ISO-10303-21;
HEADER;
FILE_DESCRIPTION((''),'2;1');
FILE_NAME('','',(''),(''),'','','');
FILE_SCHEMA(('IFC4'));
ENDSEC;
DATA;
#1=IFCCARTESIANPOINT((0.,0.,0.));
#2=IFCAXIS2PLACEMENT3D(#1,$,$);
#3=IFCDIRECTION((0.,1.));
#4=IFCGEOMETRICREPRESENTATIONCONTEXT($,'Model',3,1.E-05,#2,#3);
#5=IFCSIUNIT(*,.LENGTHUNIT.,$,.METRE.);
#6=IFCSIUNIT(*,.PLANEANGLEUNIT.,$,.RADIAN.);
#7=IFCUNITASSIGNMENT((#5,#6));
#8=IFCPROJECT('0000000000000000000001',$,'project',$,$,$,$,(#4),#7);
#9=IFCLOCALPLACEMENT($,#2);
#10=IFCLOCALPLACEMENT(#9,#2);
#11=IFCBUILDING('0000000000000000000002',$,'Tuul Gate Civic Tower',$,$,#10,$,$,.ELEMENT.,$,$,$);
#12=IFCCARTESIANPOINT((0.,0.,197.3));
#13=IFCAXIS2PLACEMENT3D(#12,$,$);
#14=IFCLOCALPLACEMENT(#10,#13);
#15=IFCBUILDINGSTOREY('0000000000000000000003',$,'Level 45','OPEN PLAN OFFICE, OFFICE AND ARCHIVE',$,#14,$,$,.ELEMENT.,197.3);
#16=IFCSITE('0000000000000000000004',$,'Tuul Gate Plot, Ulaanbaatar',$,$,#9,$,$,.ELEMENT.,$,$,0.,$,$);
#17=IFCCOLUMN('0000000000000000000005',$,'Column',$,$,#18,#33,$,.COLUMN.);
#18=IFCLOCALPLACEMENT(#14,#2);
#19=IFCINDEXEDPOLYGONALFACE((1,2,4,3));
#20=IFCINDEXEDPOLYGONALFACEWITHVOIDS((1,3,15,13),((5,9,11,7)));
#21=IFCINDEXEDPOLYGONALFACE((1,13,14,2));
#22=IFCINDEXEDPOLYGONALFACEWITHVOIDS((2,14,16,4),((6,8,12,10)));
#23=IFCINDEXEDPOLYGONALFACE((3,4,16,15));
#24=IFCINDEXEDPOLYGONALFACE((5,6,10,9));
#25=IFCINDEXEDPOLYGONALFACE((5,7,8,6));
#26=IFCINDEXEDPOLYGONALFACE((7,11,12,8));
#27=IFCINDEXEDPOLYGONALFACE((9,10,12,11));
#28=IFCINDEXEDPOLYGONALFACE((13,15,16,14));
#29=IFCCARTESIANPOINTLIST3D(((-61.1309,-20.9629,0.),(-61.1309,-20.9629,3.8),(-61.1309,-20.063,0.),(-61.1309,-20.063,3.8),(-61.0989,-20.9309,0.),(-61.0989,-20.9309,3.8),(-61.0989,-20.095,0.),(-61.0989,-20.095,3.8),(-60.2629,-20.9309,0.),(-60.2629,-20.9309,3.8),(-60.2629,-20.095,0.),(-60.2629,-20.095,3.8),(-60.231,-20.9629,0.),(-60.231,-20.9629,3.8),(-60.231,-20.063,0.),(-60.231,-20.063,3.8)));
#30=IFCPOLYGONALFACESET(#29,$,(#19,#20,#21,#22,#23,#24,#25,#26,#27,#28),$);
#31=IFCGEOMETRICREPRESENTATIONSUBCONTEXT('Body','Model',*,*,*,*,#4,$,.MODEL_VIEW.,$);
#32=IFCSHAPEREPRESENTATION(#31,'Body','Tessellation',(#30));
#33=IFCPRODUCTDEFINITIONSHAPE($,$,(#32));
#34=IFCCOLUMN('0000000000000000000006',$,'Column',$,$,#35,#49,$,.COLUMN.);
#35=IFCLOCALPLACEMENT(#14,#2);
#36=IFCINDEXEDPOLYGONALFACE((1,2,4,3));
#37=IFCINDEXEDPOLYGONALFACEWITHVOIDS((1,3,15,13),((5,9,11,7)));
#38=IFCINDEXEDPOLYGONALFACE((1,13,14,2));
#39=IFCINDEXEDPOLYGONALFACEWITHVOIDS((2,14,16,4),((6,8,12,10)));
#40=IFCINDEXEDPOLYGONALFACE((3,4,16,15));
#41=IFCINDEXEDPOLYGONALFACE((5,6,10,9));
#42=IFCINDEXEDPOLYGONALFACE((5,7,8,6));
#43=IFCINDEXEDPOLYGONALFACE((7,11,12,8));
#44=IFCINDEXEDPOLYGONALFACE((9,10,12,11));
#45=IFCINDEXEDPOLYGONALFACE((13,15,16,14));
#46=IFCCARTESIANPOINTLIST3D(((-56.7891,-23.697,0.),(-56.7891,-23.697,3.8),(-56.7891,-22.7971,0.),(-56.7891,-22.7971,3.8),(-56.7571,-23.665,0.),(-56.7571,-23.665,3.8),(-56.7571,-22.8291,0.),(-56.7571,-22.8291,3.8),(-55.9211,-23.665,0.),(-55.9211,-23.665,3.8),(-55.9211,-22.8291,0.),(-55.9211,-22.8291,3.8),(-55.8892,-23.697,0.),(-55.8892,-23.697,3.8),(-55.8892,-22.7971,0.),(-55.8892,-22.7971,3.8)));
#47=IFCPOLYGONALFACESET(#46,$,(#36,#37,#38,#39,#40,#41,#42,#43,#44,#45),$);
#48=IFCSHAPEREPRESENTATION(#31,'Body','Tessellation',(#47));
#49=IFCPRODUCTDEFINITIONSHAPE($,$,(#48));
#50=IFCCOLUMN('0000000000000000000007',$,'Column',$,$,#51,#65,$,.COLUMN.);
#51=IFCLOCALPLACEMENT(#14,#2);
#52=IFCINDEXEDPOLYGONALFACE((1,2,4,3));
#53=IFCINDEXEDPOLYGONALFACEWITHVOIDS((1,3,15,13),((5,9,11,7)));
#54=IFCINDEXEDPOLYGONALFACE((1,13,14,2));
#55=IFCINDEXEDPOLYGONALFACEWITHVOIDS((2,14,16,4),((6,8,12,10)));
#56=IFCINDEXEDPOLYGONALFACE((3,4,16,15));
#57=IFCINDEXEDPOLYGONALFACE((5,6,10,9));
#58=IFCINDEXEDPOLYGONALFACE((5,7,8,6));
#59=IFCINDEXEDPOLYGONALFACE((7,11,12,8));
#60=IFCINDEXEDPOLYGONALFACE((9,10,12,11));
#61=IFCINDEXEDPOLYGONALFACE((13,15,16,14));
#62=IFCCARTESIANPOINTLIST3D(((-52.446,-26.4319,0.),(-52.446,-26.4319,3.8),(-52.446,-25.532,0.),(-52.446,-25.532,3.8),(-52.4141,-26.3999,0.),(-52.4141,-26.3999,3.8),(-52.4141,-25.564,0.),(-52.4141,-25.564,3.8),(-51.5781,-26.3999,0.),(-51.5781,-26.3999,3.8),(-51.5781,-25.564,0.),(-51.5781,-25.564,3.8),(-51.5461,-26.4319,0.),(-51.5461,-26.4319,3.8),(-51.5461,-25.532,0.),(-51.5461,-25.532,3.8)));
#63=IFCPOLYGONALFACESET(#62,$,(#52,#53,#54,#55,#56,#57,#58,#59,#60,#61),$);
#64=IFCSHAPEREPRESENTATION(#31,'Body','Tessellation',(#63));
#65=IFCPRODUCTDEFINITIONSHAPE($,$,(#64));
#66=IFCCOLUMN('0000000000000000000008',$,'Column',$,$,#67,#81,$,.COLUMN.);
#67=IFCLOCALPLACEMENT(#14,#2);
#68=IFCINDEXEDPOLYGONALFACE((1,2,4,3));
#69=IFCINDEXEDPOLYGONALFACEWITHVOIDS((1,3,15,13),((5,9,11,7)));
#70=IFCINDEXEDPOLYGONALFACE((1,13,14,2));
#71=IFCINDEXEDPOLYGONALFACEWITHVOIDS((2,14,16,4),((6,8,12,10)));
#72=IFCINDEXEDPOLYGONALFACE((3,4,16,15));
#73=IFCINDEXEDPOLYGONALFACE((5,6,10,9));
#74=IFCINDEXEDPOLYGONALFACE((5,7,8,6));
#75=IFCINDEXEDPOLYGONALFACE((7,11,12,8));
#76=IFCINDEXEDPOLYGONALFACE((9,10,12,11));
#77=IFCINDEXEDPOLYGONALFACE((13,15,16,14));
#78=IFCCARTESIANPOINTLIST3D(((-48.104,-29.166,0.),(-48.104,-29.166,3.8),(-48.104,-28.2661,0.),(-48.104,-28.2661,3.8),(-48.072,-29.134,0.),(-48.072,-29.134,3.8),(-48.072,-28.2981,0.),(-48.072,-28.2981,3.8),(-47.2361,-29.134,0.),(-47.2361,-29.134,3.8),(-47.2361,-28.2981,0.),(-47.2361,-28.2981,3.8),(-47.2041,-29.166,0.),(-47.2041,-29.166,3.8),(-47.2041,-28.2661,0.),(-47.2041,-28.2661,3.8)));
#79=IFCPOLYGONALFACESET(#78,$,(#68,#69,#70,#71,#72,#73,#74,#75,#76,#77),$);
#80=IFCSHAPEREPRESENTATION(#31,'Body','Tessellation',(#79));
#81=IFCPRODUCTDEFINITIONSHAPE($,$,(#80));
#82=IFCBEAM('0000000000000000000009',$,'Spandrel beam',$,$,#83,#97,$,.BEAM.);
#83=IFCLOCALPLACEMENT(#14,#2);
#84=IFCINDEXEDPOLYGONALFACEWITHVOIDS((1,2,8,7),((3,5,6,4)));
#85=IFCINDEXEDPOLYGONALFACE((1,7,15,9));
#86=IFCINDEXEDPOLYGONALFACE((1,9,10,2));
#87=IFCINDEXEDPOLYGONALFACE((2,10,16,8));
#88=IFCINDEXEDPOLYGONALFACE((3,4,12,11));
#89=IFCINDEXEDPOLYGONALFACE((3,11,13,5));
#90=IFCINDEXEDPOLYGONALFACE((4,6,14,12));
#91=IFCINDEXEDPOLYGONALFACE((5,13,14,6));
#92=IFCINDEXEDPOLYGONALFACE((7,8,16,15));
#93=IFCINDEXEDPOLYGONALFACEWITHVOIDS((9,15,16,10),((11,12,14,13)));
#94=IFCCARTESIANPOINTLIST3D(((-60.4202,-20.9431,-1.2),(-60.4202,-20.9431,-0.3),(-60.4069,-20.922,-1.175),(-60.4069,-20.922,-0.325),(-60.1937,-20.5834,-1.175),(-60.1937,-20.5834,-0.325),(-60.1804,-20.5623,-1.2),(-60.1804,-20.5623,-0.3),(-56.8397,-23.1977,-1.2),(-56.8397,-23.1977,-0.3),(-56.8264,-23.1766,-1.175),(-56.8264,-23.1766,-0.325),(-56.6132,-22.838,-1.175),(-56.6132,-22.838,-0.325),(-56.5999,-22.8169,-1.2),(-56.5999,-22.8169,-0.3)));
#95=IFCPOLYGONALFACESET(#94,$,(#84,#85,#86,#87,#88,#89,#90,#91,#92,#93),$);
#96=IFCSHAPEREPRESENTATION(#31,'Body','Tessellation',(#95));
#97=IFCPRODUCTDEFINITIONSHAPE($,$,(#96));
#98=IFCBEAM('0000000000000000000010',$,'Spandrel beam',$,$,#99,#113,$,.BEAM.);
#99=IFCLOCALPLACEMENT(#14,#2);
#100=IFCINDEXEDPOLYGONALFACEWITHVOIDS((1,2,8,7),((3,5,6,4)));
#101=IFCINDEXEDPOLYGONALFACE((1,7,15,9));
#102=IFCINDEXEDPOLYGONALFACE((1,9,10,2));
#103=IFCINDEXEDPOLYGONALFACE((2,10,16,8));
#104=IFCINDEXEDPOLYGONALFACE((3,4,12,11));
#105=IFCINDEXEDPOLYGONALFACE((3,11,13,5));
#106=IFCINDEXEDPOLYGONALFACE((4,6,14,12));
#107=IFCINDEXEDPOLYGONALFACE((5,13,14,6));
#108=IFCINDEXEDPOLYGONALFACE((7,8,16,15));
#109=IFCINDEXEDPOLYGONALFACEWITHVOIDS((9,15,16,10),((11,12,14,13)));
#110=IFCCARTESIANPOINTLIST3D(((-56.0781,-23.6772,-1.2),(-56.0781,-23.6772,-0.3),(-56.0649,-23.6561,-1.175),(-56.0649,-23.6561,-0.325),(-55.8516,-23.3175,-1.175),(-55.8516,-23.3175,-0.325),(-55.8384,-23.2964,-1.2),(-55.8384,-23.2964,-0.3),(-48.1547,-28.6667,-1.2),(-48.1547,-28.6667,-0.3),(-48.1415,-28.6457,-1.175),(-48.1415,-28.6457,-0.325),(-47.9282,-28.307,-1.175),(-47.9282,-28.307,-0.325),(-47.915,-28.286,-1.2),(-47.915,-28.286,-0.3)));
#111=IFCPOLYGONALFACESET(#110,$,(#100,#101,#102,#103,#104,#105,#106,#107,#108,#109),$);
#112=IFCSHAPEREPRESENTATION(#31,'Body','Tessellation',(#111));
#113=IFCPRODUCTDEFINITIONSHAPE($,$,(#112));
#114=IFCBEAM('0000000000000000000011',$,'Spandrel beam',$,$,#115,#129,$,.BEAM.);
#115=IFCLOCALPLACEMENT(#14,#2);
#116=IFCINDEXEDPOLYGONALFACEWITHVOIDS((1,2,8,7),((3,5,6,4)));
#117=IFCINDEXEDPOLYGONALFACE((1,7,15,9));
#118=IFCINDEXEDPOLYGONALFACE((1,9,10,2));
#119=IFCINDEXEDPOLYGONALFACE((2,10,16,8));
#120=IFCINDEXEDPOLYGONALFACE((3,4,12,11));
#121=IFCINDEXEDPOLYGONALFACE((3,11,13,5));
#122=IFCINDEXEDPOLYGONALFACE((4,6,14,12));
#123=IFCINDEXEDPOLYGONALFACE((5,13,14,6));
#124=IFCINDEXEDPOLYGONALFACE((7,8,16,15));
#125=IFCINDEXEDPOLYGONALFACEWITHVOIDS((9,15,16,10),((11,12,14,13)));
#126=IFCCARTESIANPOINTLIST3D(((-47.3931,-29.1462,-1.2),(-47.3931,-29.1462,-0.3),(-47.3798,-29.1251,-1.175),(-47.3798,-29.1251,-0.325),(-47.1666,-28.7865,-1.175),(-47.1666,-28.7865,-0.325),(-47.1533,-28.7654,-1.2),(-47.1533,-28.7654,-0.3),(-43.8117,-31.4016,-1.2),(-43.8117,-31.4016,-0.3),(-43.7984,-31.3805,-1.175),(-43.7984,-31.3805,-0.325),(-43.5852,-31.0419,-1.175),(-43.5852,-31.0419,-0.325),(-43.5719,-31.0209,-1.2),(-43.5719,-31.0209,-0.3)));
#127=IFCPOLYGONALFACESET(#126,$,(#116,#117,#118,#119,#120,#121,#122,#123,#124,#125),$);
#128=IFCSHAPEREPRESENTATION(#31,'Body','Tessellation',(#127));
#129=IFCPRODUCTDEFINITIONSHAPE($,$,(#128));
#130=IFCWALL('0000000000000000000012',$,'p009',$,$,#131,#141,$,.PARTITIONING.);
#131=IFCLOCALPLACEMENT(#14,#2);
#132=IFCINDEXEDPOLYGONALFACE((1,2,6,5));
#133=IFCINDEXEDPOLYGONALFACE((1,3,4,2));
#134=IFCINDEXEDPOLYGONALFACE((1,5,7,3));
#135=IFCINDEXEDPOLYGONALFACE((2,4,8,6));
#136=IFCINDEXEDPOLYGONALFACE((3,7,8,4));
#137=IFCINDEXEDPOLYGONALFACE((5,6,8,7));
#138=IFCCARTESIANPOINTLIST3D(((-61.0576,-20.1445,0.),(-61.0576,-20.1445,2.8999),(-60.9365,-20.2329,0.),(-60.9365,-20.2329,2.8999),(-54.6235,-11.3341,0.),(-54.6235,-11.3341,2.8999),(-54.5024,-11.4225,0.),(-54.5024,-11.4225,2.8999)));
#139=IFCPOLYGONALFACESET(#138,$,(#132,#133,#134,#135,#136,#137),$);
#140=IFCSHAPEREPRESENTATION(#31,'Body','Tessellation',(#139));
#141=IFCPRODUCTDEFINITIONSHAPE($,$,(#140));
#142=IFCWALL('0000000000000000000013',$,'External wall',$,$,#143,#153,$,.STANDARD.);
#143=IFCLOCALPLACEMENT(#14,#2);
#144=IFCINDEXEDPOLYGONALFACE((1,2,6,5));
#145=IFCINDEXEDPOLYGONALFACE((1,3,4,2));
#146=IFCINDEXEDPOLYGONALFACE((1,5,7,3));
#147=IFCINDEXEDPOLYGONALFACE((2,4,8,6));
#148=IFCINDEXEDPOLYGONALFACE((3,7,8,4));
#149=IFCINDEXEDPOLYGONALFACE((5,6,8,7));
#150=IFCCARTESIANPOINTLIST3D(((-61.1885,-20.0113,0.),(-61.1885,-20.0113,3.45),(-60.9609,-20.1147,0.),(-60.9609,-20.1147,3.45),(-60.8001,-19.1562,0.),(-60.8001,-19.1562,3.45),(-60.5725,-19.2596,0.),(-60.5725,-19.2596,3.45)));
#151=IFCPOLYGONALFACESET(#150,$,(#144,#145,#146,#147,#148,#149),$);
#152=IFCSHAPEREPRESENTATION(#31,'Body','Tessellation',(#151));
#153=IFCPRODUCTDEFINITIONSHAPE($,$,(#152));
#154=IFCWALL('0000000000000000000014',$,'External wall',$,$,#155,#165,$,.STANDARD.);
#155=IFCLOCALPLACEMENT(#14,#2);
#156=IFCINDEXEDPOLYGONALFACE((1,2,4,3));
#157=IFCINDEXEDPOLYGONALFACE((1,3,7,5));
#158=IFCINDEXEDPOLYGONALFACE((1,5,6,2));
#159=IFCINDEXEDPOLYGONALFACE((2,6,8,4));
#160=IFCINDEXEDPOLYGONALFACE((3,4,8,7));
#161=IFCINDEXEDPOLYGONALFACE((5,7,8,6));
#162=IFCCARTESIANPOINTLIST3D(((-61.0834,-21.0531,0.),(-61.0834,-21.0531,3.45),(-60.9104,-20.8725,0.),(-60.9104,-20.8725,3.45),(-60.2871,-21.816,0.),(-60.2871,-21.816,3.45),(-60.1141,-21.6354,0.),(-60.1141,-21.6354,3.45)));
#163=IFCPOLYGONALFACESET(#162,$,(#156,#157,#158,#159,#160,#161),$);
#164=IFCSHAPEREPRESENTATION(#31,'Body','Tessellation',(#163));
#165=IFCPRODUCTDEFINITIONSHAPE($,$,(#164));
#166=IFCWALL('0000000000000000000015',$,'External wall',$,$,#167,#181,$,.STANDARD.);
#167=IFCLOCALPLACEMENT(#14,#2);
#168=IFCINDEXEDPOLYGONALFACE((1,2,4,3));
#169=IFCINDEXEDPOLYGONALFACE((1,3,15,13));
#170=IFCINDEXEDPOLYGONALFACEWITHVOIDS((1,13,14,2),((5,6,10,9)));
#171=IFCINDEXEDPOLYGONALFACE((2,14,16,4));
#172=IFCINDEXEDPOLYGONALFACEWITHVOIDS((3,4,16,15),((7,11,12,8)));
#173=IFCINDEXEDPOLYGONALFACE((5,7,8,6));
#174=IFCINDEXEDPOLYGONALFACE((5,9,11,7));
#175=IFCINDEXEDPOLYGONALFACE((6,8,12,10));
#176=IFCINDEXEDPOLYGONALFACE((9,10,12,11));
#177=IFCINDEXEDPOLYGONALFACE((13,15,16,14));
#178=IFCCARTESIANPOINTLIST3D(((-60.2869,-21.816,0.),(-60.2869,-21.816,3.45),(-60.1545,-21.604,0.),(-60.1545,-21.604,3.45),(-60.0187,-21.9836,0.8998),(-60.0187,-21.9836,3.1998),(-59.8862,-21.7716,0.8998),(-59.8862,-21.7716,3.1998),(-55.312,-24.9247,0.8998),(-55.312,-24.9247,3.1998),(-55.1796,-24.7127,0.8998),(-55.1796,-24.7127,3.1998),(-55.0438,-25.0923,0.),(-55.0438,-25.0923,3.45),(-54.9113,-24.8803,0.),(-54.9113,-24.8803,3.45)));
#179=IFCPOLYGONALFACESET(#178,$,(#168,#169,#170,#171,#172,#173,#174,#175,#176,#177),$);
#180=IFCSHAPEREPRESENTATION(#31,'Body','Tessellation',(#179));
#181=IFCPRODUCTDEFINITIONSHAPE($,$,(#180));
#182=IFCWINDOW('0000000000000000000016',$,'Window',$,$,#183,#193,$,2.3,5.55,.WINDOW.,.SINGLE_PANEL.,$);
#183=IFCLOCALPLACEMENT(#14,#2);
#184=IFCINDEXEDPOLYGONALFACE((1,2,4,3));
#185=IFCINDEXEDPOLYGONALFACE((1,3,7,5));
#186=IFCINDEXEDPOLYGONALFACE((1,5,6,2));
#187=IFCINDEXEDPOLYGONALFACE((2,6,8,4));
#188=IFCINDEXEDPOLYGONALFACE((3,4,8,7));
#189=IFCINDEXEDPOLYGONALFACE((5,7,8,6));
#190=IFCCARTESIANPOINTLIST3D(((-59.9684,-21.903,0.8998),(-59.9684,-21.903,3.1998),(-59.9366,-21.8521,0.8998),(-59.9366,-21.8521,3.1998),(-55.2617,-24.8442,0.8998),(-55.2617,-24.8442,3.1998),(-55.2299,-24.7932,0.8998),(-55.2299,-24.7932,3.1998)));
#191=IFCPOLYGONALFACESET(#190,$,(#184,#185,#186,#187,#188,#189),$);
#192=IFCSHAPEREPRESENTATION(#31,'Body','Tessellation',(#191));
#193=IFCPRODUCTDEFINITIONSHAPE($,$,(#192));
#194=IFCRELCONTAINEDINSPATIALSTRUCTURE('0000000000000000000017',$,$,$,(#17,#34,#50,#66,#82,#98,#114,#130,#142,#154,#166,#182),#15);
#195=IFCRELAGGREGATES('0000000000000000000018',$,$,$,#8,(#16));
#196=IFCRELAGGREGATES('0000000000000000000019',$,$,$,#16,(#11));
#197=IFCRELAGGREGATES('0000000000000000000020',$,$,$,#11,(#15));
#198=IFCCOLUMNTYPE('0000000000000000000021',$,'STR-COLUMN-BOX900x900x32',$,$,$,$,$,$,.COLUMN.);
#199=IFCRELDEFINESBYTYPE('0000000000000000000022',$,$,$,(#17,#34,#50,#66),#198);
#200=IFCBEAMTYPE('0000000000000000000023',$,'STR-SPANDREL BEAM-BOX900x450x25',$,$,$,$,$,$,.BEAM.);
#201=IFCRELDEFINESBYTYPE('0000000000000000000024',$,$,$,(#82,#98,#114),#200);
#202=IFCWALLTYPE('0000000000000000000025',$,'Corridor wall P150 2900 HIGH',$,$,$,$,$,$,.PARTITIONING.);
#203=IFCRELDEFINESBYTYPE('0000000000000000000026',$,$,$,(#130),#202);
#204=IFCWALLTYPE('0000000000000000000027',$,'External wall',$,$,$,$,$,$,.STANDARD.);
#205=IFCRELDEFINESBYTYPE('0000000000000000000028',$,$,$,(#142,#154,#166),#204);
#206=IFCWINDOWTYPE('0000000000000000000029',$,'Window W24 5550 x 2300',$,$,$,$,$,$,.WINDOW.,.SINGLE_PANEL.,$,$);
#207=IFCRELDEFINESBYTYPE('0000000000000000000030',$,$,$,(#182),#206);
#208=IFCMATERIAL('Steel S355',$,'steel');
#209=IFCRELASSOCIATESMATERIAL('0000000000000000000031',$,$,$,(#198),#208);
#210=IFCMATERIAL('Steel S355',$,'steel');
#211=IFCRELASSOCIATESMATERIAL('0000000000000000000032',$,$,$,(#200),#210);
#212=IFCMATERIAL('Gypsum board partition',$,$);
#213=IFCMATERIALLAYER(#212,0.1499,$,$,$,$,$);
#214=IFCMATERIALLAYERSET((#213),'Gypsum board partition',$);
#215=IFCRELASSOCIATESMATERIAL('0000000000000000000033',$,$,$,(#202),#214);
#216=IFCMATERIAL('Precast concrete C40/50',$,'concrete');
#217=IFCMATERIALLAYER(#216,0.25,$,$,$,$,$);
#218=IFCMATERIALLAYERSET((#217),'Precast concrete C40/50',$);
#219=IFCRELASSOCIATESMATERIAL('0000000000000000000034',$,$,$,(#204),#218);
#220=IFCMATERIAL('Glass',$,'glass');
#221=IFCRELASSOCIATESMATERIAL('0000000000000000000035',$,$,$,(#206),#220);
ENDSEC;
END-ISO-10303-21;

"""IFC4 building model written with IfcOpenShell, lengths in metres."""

from ifc_helpers import new_model, si_unit, direction, frame, frame_2d, origin, origin_2d, place, context, subcontext, project, spatial, rectangle, hollow_rectangle, extrude, material, layer, layer_set, material_profile, profile_set, type_object, element, fill, save


model = new_model("IFC4")

# Units and contexts
model_context = context("Model", 3, precision=1e-05, world=origin(), true_north=direction((0.0, 1.0)))
body_context = subcontext(model_context, "Body", "Model", "MODEL_VIEW")
ifc_project = project(units=[si_unit("LENGTHUNIT", "METRE"), si_unit("PLANEANGLEUNIT", "RADIAN")], contexts=[model_context])

# Site, building, storey
site_placement = place(None, origin())
site = spatial("IfcSite", under=ifc_project, at=site_placement, Name="Tuul Gate Plot, Ulaanbaatar", CompositionType="ELEMENT", RefElevation=0.0)
building_placement = place(site_placement, origin())
building = spatial("IfcBuilding", under=site, at=building_placement, Name="Tuul Gate Civic Tower", CompositionType="ELEMENT")
storey_placement = place(building_placement, frame((0.0, 0.0, 197.3)))
storey = spatial("IfcBuildingStorey", under=building, at=storey_placement, Name="Level 45", Description="OPEN PLAN OFFICE, OFFICE AND ARCHIVE", CompositionType="ELEMENT", Elevation=197.3)

# Columns
ifc_material_1 = material(Name="Steel S355", Category="steel")
ifc_material_profile_1 = material_profile(ifc_material_1, hollow_rectangle(XDim=0.8999, YDim=0.8999, WallThickness=0.032, at=origin_2d()), Name="BOX900x900x32")
ifc_profile_set_1 = profile_set([ifc_material_profile_1], Name="Steel S355")
column_type = type_object("IfcColumnType", Name="STR-COLUMN-BOX900x900x32", PredefinedType="COLUMN", material=ifc_profile_set_1)
for number, where, z_axis, x_axis, name in (
    (1, (-60.6809, -20.5129, 0.0), (0.0, 0.0, 1.0), (1.0, 0.0, 0.0), "Column"),
    (2, (-56.3391, -23.2471, 0.0), (0.0, 0.0, 1.0), (1.0, 0.0, 0.0), "Column"),
    (3, (-51.9961, -25.9819, 0.0), (0.0, 0.0, 1.0), (1.0, 0.0, 0.0), "Column"),
    (4, (-47.6541, -28.7161, 0.0), (0.0, 0.0, 1.0), (1.0, 0.0, 0.0), "Column"),
):
    element("IfcColumn", number, at=place(storey_placement, frame(where, z_axis=z_axis, x_axis=x_axis)), inside=storey, type_object=column_type, Name=name, PredefinedType="COLUMN", context=body_context, shape_type="SweptSolid", body=[
        extrude(hollow_rectangle(XDim=0.8999, YDim=0.8999, WallThickness=0.032, at=origin_2d()), origin(), (0.0, 0.0, 1.0), 3.8),
    ])

# Beams
ifc_material_2 = material(Name="Steel S355", Category="steel")
ifc_material_profile_2 = material_profile(ifc_material_2, hollow_rectangle(XDim=0.45, YDim=0.8999, WallThickness=0.0249, at=origin_2d()), Name="BOX900x450x25")
ifc_profile_set_2 = profile_set([ifc_material_profile_2], Name="Steel S355")
beam_type = type_object("IfcBeamType", Name="STR-SPANDREL BEAM-BOX900x450x25", PredefinedType="BEAM", material=ifc_profile_set_2)
beam_1_placement = place(storey_placement, frame((-60.3003, -20.7527, -0.75), z_axis=(0.846211, -0.532848, 0.0), x_axis=(0.532848, 0.846211, 0.0)))
element("IfcBeam", 5, at=beam_1_placement, inside=storey, type_object=beam_type, Name="Spandrel beam", PredefinedType="BEAM", context=body_context, shape_type="SweptSolid", body=[
    extrude(hollow_rectangle(XDim=0.45, YDim=0.8999, WallThickness=0.0249, at=origin_2d()), origin(), (0.0, 0.0, 1.0), 4.2312),
])
beam_2_placement = place(storey_placement, frame((-55.9583, -23.4868, -0.75), z_axis=(0.846198, -0.532869, 0.0), x_axis=(0.532869, 0.846198, 0.0)))
element("IfcBeam", 6, at=beam_2_placement, inside=storey, type_object=beam_type, Name="Spandrel beam", PredefinedType="BEAM", context=body_context, shape_type="SweptSolid", body=[
    extrude(hollow_rectangle(XDim=0.45, YDim=0.8999, WallThickness=0.0249, at=origin_2d()), origin(), (0.0, 0.0, 1.0), 9.3635),
])
beam_3_placement = place(storey_placement, frame((-47.2732, -28.9558, -0.75), z_axis=(0.846182, -0.532894, 0.0), x_axis=(0.532894, 0.846182, 0.0)))
element("IfcBeam", 7, at=beam_3_placement, inside=storey, type_object=beam_type, Name="Spandrel beam", PredefinedType="BEAM", context=body_context, shape_type="SweptSolid", body=[
    extrude(hollow_rectangle(XDim=0.45, YDim=0.8999, WallThickness=0.0249, at=origin_2d()), origin(), (0.0, 0.0, 1.0), 4.2324),
])

# Walls
ifc_material_3 = material(Name="Gypsum board partition")
ifc_layer_1 = layer(ifc_material_3, 0.1499)
ifc_layer_set_1 = layer_set([ifc_layer_1], Name="Gypsum board partition")
wall_type_1 = type_object("IfcWallType", Name="Corridor wall P150 2900 HIGH", PredefinedType="PARTITIONING", material=ifc_layer_set_1)
wall_1_placement = place(storey_placement, frame((-60.9971, -20.1887, 0.0), z_axis=(0.0, 0.0, 1.0), x_axis=(0.589765, 0.807575, 0.0)))
element("IfcWall", 8, at=wall_1_placement, inside=storey, type_object=wall_type_1, Name="p009", PredefinedType="PARTITIONING", context=body_context, shape_type="SweptSolid", body=[
    extrude(rectangle(XDim=10.9097, YDim=0.1499, at=frame_2d((5.4548, 0.0))), origin(), (0.0, 0.0, 1.0), 2.8999),
])
ifc_material_4 = material(Name="Precast concrete C40/50", Category="concrete")
ifc_layer_2 = layer(ifc_material_4, 0.25)
ifc_layer_set_2 = layer_set([ifc_layer_2], Name="Precast concrete C40/50")
wall_type_2 = type_object("IfcWallType", Name="External wall", PredefinedType="STANDARD", material=ifc_layer_set_2)
wall_2_placement = place(storey_placement, frame((-60.6863, -19.2078, 0.0), z_axis=(0.0, 0.0, 1.0), x_axis=(-0.413529, -0.910491, 0.0)))
element("IfcWall", 9, at=wall_2_placement, inside=storey, type_object=wall_type_2, Name="External wall", PredefinedType="STANDARD", context=body_context, shape_type="SweptSolid", body=[
    extrude(rectangle(XDim=0.9392, YDim=0.25, at=frame_2d((0.4697, 0.0))), origin(), (0.0, 0.0, 1.0), 3.45),
])
wall_3_placement = place(storey_placement, frame((-60.9968, -20.9629, 0.0), z_axis=(0.0, 0.0, 1.0), x_axis=(0.722108, -0.69178, 0.0)))
element("IfcWall", 10, at=wall_3_placement, inside=storey, type_object=wall_type_2, Name="External wall", PredefinedType="STANDARD", context=body_context, shape_type="SweptSolid", body=[
    extrude(rectangle(XDim=1.1028, YDim=0.25, at=frame_2d((0.5513, 0.0))), origin(), (0.0, 0.0, 1.0), 3.45),
])

# Wall, opening, window
wall_4_placement = place(storey_placement, frame((-60.2207, -21.71, 0.0), z_axis=(0.0, 0.0, 1.0), x_axis=(0.848043, -0.529928, 0.0)))
wall_4 = element("IfcWall", 11, at=wall_4_placement, inside=storey, type_object=wall_type_2, Name="External wall", PredefinedType="STANDARD", context=body_context, shape_type="SweptSolid", body=[
    extrude(rectangle(XDim=6.1826, YDim=0.25, at=frame_2d((3.0913, 0.0))), origin(), (0.0, 0.0, 1.0), 3.45),
])
opening_1_placement = place(wall_4_placement, frame((0.3164, 0.0, 0.8999)))
opening_1 = element("IfcOpeningElement", 12, at=opening_1_placement, cuts=wall_4, PredefinedType="OPENING", context=body_context, shape_type="SweptSolid", body=[
    extrude(rectangle(XDim=5.55, YDim=2.3, at=frame_2d((2.7749, 1.1499))), frame((0.0, 0.135, 0.0), z_axis=(0.0, -1.0, 0.0), x_axis=(1.0, 0.0, 0.0)), (0.0, 0.0, 1.0), 0.27),
])
ifc_material_5 = material(Name="Glass", Category="glass")
window_type = type_object("IfcWindowType", Name="Window W24 5550 x 2300", PartitioningType="SINGLE_PANEL", PredefinedType="WINDOW", material=ifc_material_5)
window_1_placement = place(opening_1_placement, origin())
window_1 = element("IfcWindow", 13, at=window_1_placement, inside=storey, type_object=window_type, Name="Window", OverallHeight=2.3, OverallWidth=5.55, PartitioningType="SINGLE_PANEL", PredefinedType="WINDOW", context=body_context, shape_type="SweptSolid", body=[
    extrude(rectangle(XDim=5.55, YDim=2.3, at=frame_2d((2.7749, 1.1499))), frame((0.0, 0.03, 0.0), z_axis=(0.0, -1.0, 0.0), x_axis=(1.0, 0.0, 0.0)), (0.0, 0.0, 1.0), 0.0601),
])
fill(opening_1, window_1)

save(model, "model.ifc")
